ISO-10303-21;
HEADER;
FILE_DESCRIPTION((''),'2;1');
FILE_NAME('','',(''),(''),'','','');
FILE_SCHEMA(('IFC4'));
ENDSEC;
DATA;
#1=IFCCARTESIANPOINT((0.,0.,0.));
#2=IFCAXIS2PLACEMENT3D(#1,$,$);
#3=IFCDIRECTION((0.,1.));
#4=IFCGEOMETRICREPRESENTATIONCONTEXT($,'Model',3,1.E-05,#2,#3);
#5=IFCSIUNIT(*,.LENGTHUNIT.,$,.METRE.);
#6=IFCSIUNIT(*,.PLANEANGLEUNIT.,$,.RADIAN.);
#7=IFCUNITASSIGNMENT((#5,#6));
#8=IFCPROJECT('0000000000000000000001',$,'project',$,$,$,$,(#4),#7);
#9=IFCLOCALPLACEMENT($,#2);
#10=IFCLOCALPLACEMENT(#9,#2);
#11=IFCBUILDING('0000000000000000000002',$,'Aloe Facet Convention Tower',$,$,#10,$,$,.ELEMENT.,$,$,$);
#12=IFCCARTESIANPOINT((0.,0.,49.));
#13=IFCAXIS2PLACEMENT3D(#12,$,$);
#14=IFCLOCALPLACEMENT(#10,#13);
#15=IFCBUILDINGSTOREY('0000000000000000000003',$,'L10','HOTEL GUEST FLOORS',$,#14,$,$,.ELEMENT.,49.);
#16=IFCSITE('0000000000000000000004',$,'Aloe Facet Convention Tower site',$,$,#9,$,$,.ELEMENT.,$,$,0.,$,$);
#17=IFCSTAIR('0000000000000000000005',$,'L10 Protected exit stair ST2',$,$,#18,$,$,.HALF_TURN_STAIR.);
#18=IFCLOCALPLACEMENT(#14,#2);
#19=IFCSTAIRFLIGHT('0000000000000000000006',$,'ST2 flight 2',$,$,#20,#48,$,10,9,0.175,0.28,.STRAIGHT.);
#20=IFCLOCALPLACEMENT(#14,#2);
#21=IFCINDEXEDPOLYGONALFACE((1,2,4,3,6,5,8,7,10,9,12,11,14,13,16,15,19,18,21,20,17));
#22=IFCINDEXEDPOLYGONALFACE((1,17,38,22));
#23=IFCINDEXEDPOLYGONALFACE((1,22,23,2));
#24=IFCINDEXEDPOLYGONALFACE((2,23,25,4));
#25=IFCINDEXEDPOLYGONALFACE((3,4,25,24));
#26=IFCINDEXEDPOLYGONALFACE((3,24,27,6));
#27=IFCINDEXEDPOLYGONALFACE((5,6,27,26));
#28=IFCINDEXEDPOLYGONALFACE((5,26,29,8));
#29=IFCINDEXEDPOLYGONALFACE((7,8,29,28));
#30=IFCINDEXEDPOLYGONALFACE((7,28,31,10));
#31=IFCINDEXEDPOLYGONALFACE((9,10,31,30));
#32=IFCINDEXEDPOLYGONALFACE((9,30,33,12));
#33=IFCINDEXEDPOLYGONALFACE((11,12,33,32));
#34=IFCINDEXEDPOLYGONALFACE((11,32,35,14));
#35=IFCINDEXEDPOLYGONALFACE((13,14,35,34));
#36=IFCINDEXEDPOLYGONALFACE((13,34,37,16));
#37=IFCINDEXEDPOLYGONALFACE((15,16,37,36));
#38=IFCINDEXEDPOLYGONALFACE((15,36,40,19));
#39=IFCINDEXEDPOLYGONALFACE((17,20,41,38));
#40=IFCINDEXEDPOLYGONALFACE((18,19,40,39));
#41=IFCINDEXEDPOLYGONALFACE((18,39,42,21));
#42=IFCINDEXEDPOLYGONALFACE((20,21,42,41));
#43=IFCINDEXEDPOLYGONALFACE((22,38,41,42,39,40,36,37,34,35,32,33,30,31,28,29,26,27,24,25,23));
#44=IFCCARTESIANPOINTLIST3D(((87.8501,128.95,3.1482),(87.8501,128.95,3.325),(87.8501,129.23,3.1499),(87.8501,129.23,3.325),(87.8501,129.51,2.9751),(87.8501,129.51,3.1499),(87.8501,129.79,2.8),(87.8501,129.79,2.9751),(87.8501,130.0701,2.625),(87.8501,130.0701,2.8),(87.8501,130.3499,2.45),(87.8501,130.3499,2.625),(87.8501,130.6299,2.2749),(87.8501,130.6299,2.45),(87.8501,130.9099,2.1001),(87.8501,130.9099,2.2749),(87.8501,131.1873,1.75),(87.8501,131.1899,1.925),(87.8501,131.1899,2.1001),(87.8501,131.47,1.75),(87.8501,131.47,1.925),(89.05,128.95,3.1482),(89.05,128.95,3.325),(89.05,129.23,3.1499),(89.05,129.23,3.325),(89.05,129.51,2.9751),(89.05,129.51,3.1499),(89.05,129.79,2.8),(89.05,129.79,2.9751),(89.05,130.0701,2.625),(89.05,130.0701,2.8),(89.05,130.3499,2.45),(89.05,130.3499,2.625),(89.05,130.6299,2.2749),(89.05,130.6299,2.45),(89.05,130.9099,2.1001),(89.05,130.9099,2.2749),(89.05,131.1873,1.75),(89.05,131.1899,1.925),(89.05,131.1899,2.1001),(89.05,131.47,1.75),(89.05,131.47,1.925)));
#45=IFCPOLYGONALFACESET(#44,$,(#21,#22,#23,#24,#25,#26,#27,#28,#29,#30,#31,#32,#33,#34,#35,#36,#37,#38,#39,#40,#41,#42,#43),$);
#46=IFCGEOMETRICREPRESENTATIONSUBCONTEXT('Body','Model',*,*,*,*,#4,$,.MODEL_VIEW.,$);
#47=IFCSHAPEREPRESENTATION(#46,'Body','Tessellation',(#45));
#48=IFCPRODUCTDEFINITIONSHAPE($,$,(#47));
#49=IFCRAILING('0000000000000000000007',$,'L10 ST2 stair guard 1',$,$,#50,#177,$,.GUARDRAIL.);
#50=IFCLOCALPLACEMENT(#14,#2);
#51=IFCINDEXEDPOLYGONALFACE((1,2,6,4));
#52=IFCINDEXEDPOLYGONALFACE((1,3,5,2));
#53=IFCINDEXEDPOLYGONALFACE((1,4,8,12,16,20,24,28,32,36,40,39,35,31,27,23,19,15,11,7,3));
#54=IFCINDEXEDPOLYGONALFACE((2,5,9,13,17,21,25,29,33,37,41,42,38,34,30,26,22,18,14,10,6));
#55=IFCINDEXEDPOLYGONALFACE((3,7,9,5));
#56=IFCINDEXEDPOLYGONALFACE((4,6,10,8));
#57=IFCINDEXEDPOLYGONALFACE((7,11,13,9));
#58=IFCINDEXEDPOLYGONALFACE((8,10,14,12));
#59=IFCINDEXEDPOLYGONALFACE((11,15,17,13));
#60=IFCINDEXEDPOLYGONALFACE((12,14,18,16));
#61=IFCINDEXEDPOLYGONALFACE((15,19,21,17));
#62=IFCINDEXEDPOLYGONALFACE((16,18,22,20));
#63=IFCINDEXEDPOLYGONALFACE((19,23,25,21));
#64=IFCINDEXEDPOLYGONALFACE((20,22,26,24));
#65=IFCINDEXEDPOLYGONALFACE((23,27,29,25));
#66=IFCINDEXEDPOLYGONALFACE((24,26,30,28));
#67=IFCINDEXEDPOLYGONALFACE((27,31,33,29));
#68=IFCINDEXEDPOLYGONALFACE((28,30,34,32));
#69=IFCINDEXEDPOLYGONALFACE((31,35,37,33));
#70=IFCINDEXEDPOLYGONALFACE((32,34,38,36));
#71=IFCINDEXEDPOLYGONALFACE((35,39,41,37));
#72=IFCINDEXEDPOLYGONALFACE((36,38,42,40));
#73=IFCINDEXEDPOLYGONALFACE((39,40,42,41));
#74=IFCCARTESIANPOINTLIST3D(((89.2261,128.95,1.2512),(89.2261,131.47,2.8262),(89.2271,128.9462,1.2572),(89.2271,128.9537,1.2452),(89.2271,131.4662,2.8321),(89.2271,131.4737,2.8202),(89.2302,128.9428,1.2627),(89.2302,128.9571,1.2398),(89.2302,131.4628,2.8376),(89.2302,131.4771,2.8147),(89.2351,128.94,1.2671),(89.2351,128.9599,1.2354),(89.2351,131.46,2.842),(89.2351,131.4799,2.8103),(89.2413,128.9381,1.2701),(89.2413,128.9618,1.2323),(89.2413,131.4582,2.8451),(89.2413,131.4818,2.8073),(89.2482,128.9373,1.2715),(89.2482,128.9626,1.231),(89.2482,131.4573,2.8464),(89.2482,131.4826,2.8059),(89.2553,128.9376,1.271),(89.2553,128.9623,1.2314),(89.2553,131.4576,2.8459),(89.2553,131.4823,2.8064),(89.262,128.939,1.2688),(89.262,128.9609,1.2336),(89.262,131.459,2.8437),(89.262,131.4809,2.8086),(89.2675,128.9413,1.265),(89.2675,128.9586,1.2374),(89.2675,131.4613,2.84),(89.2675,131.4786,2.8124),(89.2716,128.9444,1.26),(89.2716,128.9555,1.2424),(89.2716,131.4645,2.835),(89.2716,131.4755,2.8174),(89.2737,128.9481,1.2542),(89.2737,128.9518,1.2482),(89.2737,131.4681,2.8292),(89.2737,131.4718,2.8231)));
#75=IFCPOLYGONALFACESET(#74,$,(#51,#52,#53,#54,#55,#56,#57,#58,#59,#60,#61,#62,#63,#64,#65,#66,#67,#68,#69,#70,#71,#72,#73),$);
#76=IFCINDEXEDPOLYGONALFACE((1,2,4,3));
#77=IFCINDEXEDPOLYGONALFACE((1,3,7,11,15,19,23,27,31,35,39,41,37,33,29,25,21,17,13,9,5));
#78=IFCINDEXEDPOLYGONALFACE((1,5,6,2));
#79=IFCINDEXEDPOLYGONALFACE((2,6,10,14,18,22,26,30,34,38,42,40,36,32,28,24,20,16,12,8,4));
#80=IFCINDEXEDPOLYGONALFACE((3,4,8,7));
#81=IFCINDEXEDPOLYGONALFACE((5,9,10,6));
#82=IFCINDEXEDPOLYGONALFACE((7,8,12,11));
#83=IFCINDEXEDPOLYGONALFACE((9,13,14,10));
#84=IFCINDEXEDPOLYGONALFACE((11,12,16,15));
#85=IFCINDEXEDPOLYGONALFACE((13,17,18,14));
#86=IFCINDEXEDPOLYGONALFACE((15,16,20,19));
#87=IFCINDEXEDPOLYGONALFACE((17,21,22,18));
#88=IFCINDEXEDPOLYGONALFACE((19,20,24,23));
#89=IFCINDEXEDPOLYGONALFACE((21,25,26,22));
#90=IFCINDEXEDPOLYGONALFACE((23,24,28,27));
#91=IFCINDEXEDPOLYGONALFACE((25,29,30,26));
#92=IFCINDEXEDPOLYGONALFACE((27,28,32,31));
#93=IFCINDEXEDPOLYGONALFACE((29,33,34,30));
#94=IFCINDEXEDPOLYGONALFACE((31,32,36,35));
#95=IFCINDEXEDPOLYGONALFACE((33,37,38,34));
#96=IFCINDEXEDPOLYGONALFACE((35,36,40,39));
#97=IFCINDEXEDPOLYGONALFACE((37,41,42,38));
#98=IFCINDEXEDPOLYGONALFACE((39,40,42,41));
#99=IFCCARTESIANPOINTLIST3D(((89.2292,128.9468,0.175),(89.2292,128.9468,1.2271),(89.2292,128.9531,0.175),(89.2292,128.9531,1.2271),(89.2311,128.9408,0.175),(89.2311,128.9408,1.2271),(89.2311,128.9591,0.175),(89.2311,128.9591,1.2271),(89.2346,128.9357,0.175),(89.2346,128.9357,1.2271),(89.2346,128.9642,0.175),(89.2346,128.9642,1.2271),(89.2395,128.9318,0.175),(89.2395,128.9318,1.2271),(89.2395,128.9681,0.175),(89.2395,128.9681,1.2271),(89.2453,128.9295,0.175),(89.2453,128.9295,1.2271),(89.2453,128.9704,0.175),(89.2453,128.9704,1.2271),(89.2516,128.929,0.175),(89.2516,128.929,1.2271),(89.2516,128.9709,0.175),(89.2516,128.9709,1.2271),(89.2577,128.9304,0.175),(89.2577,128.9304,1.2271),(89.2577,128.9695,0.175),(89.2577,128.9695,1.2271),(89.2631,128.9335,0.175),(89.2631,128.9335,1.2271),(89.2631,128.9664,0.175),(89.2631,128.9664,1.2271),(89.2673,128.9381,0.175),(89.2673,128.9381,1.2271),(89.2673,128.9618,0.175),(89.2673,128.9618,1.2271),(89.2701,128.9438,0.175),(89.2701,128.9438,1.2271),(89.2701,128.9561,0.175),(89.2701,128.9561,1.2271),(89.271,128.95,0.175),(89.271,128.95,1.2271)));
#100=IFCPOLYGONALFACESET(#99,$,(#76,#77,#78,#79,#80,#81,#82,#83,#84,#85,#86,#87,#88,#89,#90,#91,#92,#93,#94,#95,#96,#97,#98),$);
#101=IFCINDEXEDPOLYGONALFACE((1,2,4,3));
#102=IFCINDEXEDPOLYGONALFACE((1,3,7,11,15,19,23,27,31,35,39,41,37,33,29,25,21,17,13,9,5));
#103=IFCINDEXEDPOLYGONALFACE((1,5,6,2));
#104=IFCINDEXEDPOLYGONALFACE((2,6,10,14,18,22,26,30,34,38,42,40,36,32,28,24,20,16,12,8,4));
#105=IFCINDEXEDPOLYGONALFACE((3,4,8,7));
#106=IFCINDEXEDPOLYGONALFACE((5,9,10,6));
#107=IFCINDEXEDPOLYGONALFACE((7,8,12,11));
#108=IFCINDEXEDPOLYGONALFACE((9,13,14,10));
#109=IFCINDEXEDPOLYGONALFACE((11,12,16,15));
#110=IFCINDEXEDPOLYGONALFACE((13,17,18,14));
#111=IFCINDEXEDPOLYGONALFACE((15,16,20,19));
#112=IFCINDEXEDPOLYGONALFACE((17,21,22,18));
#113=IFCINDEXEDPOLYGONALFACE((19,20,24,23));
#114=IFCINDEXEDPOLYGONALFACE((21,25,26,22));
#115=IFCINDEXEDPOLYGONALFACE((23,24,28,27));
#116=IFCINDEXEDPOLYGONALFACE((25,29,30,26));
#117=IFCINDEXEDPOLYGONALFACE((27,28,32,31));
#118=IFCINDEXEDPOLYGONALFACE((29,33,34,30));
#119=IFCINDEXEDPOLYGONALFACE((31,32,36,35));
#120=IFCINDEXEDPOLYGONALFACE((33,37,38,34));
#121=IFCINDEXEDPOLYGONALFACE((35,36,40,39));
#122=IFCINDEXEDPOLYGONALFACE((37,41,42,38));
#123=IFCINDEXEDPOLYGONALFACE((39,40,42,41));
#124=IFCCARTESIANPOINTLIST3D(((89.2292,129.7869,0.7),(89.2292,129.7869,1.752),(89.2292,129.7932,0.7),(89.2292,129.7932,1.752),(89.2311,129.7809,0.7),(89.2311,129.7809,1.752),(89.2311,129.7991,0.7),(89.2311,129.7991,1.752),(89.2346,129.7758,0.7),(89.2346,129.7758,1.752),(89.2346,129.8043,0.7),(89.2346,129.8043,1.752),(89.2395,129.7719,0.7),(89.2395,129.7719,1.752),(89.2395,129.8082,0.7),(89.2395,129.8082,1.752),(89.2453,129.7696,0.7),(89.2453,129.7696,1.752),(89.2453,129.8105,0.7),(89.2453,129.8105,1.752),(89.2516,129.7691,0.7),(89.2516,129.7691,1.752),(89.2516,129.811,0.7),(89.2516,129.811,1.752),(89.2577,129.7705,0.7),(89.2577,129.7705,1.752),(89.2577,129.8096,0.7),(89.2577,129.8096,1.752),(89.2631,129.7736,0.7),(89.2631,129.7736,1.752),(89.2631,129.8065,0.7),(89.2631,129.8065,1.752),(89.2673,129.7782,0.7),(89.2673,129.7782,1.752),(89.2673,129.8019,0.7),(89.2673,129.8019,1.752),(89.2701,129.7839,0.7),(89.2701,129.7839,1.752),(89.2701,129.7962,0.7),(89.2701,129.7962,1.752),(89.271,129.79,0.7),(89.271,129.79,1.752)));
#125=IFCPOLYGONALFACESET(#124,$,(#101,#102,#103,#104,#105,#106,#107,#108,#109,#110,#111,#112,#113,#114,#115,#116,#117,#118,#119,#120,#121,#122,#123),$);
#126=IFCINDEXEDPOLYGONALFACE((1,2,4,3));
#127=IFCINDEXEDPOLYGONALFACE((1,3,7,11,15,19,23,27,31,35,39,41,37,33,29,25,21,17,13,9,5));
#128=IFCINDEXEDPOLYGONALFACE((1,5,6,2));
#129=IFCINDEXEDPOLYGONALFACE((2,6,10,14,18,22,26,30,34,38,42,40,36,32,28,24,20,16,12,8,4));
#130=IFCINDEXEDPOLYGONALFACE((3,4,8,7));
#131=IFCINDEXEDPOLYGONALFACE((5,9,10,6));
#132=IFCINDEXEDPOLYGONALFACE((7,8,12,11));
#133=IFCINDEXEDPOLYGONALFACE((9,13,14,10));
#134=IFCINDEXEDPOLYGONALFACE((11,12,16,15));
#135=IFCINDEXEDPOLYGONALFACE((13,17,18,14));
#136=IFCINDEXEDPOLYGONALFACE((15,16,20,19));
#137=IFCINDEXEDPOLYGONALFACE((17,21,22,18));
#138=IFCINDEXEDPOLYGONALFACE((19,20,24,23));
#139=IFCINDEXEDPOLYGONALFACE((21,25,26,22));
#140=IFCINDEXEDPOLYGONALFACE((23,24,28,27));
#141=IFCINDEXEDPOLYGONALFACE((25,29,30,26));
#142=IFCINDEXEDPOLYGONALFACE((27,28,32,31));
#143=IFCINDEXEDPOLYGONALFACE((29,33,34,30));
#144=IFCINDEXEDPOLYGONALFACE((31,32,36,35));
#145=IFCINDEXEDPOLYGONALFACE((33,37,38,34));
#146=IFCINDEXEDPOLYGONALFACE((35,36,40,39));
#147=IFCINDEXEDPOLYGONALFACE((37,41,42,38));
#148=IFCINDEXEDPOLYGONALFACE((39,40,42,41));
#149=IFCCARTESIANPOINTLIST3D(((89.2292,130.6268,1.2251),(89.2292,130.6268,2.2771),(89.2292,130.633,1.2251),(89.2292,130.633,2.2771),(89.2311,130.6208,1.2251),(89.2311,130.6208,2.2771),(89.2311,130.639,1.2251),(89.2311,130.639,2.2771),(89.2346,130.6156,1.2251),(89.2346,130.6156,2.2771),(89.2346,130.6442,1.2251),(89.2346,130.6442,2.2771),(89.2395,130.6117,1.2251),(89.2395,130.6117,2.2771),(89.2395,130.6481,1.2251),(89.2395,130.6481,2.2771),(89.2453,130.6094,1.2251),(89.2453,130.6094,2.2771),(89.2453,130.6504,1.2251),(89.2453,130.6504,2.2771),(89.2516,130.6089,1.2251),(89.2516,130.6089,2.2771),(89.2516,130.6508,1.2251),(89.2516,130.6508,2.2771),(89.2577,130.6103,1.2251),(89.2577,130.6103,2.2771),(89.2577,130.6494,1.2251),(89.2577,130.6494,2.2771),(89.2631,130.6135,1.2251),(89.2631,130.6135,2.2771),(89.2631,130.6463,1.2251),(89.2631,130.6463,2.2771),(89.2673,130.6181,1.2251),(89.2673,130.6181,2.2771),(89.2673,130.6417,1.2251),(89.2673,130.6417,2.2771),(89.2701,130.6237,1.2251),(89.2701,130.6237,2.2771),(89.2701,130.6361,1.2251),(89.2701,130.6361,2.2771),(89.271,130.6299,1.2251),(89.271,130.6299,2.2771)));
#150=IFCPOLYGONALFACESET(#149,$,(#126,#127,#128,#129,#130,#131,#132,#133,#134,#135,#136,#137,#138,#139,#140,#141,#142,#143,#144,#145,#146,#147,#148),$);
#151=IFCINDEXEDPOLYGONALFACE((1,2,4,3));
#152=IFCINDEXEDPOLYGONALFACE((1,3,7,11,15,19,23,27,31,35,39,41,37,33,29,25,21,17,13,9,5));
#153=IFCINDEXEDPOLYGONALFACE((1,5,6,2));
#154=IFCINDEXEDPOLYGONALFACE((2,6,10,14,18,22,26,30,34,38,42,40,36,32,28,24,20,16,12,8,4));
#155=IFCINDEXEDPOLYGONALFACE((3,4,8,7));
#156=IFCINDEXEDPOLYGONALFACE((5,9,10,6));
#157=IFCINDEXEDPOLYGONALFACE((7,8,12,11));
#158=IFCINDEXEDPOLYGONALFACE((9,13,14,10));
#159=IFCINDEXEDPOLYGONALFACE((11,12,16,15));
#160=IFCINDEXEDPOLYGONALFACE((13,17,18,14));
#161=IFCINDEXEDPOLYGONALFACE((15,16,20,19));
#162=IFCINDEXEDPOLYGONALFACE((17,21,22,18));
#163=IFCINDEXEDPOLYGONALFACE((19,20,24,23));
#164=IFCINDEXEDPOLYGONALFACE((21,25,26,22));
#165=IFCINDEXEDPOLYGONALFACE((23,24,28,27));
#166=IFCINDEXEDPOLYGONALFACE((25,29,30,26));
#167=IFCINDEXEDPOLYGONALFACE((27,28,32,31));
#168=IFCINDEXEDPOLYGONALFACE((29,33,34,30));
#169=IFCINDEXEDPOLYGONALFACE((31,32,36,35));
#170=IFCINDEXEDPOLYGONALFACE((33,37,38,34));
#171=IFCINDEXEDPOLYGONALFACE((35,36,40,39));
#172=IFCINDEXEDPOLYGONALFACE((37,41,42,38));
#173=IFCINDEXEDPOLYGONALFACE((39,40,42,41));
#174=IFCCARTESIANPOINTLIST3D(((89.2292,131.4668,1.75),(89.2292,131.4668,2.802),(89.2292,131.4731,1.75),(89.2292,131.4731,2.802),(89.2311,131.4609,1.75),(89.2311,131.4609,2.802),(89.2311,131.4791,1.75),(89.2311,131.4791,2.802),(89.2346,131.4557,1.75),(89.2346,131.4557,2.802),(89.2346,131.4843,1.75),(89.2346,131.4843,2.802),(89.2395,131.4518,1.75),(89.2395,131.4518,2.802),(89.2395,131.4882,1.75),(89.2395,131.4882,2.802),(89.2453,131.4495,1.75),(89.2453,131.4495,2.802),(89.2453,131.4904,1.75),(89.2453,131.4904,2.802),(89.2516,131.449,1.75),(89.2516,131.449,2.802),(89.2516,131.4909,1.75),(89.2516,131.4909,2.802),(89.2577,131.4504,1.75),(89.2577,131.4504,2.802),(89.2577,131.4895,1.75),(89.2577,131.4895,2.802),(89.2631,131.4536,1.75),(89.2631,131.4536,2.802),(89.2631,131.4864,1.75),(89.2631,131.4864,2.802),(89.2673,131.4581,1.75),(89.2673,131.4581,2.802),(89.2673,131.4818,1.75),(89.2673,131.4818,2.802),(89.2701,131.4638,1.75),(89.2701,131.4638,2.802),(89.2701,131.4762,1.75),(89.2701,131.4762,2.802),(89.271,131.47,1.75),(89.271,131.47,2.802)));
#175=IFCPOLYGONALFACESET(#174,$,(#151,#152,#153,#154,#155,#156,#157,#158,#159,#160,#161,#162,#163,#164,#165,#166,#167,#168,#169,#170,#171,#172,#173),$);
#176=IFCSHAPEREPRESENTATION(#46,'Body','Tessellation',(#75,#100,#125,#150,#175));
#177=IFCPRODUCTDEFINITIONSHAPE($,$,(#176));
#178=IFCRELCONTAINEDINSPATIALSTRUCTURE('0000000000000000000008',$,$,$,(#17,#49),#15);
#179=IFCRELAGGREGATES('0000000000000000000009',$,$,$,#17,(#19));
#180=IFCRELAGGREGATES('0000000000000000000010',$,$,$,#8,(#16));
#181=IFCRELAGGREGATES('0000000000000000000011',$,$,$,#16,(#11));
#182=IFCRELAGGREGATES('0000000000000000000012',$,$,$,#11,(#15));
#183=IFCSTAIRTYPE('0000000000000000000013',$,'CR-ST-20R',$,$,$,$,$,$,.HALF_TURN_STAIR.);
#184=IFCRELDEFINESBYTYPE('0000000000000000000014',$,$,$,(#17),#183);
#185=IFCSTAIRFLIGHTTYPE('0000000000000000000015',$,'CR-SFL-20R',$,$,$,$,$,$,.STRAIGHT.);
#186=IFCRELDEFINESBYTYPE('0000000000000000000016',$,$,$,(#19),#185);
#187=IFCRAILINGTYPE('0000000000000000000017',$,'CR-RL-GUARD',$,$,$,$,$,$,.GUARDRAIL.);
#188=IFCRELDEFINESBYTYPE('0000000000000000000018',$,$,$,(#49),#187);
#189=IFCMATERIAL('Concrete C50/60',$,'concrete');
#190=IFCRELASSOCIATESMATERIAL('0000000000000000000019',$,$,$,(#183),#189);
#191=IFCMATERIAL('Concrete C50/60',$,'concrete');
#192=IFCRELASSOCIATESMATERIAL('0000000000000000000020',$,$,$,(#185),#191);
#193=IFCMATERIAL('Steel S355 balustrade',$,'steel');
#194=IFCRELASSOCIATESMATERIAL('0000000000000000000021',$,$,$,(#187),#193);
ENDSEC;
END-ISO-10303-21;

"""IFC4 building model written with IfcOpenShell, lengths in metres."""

from ifc_helpers import new_model, si_unit, direction, frame, origin, origin_2d, place, context, subcontext, project, spatial, polyline, circle, outline, extrude, material, type_object, element, aggregate, save


model = new_model("IFC4")

# Units and contexts
model_context = context("Model", 3, precision=1e-05, world=origin(), true_north=direction((0.0, 1.0)))
body_context = subcontext(model_context, "Body", "Model", "MODEL_VIEW")
ifc_project = project(units=[si_unit("LENGTHUNIT", "METRE"), si_unit("PLANEANGLEUNIT", "RADIAN")], contexts=[model_context])

# Site, building, storey
site_placement = place(None, origin())
site = spatial("IfcSite", under=ifc_project, at=site_placement, Name="Aloe Facet Convention Tower site", CompositionType="ELEMENT", RefElevation=0.0)
building_placement = place(site_placement, origin())
building = spatial("IfcBuilding", under=site, at=building_placement, Name="Aloe Facet Convention Tower", CompositionType="ELEMENT")
storey_placement = place(building_placement, frame((0.0, 0.0, 49.0)))
storey = spatial("IfcBuildingStorey", under=building, at=storey_placement, Name="L10", Description="HOTEL GUEST FLOORS", CompositionType="ELEMENT", Elevation=49.0)

# Stair, stair flight
ifc_material_1 = material(Name="Concrete C50/60", Category="concrete")
stair_type = type_object("IfcStairType", Name="CR-ST-20R", PredefinedType="HALF_TURN_STAIR", material=ifc_material_1)
stair_placement = place(storey_placement, origin())
stair = element("IfcStair", 1, at=stair_placement, inside=storey, type_object=stair_type, Name="L10 Protected exit stair ST2", PredefinedType="HALF_TURN_STAIR")
ifc_material_2 = material(Name="Concrete C50/60", Category="concrete")
stair_flight_type = type_object("IfcStairFlightType", Name="CR-SFL-20R", PredefinedType="STRAIGHT", material=ifc_material_2)
stair_flight_1_placement = place(storey_placement, frame((88.45, 131.47, 1.75), z_axis=(0.0, 0.0, 1.0), x_axis=(0.0, -1.0, 0.0)))
stair_flight_1 = element("IfcStairFlight", 2, at=stair_flight_1_placement, type_object=stair_flight_type, Name="ST2 flight 2", NumberOfRisers=10, NumberOfTreads=9, PredefinedType="STRAIGHT", RiserHeight=0.175, TreadLength=0.28, context=body_context, shape_type="SweptSolid", body=[
    extrude(outline(polyline([(0.0, 0.0), (0.0, 0.175), (0.28, 0.175), (0.28, 0.3501), (0.5601, 0.3501), (0.5601, 0.5249), (0.8401, 0.5249), (0.8401, 0.7), (1.1201, 0.7), (1.1201, 0.875), (1.3999, 0.875), (1.3999, 1.05), (1.6799, 1.05), (1.6799, 1.2251), (1.96, 1.2251), (1.96, 1.3999), (2.24, 1.3999), (2.24, 1.575), (2.52, 1.575), (2.52, 1.75), (2.52, 1.3982), (0.2827, 0.0), (0.0, 0.0)])), frame((0.0, 0.6001, 0.0), z_axis=(0.0, -1.0, 0.0), x_axis=(1.0, 0.0, 0.0)), (0.0, 0.0, 1.0), 1.2),
])
aggregate(stair, [stair_flight_1])

# Railing
ifc_material_3 = material(Name="Steel S355 balustrade", Category="steel")
railing_type_1 = type_object("IfcRailingType", Name="CR-RL-GUARD", PredefinedType="GUARDRAIL", material=ifc_material_3)
railing_1_placement = place(storey_placement, frame((89.25, 128.95, 0.175)))
element("IfcRailing", 3, at=railing_1_placement, inside=storey, type_object=railing_type_1, Name="L10 ST2 stair guard 1", PredefinedType="GUARDRAIL", context=body_context, shape_type="SweptSolid", body=[
    extrude(circle(Radius=0.0239, at=origin_2d()), frame((0.0, 0.0, 1.0762), z_axis=(0.0, 0.848008, 0.529984), x_axis=(-1.0, 0.0, 0.0)), (0.0, 0.0, 1.0), 2.9717),
    extrude(circle(Radius=0.021, at=origin_2d()), origin(), (0.0, 0.0, 1.0), 1.052),
    extrude(circle(Radius=0.021, at=origin_2d()), frame((0.0, 0.8401, 0.5249)), (0.0, 0.0, 1.0), 1.052),
    extrude(circle(Radius=0.021, at=origin_2d()), frame((0.0, 1.6799, 1.05)), (0.0, 0.0, 1.0), 1.052),
    extrude(circle(Radius=0.021, at=origin_2d()), frame((0.0, 2.52, 1.575)), (0.0, 0.0, 1.0), 1.052),
])

save(model, "model.ifc")
